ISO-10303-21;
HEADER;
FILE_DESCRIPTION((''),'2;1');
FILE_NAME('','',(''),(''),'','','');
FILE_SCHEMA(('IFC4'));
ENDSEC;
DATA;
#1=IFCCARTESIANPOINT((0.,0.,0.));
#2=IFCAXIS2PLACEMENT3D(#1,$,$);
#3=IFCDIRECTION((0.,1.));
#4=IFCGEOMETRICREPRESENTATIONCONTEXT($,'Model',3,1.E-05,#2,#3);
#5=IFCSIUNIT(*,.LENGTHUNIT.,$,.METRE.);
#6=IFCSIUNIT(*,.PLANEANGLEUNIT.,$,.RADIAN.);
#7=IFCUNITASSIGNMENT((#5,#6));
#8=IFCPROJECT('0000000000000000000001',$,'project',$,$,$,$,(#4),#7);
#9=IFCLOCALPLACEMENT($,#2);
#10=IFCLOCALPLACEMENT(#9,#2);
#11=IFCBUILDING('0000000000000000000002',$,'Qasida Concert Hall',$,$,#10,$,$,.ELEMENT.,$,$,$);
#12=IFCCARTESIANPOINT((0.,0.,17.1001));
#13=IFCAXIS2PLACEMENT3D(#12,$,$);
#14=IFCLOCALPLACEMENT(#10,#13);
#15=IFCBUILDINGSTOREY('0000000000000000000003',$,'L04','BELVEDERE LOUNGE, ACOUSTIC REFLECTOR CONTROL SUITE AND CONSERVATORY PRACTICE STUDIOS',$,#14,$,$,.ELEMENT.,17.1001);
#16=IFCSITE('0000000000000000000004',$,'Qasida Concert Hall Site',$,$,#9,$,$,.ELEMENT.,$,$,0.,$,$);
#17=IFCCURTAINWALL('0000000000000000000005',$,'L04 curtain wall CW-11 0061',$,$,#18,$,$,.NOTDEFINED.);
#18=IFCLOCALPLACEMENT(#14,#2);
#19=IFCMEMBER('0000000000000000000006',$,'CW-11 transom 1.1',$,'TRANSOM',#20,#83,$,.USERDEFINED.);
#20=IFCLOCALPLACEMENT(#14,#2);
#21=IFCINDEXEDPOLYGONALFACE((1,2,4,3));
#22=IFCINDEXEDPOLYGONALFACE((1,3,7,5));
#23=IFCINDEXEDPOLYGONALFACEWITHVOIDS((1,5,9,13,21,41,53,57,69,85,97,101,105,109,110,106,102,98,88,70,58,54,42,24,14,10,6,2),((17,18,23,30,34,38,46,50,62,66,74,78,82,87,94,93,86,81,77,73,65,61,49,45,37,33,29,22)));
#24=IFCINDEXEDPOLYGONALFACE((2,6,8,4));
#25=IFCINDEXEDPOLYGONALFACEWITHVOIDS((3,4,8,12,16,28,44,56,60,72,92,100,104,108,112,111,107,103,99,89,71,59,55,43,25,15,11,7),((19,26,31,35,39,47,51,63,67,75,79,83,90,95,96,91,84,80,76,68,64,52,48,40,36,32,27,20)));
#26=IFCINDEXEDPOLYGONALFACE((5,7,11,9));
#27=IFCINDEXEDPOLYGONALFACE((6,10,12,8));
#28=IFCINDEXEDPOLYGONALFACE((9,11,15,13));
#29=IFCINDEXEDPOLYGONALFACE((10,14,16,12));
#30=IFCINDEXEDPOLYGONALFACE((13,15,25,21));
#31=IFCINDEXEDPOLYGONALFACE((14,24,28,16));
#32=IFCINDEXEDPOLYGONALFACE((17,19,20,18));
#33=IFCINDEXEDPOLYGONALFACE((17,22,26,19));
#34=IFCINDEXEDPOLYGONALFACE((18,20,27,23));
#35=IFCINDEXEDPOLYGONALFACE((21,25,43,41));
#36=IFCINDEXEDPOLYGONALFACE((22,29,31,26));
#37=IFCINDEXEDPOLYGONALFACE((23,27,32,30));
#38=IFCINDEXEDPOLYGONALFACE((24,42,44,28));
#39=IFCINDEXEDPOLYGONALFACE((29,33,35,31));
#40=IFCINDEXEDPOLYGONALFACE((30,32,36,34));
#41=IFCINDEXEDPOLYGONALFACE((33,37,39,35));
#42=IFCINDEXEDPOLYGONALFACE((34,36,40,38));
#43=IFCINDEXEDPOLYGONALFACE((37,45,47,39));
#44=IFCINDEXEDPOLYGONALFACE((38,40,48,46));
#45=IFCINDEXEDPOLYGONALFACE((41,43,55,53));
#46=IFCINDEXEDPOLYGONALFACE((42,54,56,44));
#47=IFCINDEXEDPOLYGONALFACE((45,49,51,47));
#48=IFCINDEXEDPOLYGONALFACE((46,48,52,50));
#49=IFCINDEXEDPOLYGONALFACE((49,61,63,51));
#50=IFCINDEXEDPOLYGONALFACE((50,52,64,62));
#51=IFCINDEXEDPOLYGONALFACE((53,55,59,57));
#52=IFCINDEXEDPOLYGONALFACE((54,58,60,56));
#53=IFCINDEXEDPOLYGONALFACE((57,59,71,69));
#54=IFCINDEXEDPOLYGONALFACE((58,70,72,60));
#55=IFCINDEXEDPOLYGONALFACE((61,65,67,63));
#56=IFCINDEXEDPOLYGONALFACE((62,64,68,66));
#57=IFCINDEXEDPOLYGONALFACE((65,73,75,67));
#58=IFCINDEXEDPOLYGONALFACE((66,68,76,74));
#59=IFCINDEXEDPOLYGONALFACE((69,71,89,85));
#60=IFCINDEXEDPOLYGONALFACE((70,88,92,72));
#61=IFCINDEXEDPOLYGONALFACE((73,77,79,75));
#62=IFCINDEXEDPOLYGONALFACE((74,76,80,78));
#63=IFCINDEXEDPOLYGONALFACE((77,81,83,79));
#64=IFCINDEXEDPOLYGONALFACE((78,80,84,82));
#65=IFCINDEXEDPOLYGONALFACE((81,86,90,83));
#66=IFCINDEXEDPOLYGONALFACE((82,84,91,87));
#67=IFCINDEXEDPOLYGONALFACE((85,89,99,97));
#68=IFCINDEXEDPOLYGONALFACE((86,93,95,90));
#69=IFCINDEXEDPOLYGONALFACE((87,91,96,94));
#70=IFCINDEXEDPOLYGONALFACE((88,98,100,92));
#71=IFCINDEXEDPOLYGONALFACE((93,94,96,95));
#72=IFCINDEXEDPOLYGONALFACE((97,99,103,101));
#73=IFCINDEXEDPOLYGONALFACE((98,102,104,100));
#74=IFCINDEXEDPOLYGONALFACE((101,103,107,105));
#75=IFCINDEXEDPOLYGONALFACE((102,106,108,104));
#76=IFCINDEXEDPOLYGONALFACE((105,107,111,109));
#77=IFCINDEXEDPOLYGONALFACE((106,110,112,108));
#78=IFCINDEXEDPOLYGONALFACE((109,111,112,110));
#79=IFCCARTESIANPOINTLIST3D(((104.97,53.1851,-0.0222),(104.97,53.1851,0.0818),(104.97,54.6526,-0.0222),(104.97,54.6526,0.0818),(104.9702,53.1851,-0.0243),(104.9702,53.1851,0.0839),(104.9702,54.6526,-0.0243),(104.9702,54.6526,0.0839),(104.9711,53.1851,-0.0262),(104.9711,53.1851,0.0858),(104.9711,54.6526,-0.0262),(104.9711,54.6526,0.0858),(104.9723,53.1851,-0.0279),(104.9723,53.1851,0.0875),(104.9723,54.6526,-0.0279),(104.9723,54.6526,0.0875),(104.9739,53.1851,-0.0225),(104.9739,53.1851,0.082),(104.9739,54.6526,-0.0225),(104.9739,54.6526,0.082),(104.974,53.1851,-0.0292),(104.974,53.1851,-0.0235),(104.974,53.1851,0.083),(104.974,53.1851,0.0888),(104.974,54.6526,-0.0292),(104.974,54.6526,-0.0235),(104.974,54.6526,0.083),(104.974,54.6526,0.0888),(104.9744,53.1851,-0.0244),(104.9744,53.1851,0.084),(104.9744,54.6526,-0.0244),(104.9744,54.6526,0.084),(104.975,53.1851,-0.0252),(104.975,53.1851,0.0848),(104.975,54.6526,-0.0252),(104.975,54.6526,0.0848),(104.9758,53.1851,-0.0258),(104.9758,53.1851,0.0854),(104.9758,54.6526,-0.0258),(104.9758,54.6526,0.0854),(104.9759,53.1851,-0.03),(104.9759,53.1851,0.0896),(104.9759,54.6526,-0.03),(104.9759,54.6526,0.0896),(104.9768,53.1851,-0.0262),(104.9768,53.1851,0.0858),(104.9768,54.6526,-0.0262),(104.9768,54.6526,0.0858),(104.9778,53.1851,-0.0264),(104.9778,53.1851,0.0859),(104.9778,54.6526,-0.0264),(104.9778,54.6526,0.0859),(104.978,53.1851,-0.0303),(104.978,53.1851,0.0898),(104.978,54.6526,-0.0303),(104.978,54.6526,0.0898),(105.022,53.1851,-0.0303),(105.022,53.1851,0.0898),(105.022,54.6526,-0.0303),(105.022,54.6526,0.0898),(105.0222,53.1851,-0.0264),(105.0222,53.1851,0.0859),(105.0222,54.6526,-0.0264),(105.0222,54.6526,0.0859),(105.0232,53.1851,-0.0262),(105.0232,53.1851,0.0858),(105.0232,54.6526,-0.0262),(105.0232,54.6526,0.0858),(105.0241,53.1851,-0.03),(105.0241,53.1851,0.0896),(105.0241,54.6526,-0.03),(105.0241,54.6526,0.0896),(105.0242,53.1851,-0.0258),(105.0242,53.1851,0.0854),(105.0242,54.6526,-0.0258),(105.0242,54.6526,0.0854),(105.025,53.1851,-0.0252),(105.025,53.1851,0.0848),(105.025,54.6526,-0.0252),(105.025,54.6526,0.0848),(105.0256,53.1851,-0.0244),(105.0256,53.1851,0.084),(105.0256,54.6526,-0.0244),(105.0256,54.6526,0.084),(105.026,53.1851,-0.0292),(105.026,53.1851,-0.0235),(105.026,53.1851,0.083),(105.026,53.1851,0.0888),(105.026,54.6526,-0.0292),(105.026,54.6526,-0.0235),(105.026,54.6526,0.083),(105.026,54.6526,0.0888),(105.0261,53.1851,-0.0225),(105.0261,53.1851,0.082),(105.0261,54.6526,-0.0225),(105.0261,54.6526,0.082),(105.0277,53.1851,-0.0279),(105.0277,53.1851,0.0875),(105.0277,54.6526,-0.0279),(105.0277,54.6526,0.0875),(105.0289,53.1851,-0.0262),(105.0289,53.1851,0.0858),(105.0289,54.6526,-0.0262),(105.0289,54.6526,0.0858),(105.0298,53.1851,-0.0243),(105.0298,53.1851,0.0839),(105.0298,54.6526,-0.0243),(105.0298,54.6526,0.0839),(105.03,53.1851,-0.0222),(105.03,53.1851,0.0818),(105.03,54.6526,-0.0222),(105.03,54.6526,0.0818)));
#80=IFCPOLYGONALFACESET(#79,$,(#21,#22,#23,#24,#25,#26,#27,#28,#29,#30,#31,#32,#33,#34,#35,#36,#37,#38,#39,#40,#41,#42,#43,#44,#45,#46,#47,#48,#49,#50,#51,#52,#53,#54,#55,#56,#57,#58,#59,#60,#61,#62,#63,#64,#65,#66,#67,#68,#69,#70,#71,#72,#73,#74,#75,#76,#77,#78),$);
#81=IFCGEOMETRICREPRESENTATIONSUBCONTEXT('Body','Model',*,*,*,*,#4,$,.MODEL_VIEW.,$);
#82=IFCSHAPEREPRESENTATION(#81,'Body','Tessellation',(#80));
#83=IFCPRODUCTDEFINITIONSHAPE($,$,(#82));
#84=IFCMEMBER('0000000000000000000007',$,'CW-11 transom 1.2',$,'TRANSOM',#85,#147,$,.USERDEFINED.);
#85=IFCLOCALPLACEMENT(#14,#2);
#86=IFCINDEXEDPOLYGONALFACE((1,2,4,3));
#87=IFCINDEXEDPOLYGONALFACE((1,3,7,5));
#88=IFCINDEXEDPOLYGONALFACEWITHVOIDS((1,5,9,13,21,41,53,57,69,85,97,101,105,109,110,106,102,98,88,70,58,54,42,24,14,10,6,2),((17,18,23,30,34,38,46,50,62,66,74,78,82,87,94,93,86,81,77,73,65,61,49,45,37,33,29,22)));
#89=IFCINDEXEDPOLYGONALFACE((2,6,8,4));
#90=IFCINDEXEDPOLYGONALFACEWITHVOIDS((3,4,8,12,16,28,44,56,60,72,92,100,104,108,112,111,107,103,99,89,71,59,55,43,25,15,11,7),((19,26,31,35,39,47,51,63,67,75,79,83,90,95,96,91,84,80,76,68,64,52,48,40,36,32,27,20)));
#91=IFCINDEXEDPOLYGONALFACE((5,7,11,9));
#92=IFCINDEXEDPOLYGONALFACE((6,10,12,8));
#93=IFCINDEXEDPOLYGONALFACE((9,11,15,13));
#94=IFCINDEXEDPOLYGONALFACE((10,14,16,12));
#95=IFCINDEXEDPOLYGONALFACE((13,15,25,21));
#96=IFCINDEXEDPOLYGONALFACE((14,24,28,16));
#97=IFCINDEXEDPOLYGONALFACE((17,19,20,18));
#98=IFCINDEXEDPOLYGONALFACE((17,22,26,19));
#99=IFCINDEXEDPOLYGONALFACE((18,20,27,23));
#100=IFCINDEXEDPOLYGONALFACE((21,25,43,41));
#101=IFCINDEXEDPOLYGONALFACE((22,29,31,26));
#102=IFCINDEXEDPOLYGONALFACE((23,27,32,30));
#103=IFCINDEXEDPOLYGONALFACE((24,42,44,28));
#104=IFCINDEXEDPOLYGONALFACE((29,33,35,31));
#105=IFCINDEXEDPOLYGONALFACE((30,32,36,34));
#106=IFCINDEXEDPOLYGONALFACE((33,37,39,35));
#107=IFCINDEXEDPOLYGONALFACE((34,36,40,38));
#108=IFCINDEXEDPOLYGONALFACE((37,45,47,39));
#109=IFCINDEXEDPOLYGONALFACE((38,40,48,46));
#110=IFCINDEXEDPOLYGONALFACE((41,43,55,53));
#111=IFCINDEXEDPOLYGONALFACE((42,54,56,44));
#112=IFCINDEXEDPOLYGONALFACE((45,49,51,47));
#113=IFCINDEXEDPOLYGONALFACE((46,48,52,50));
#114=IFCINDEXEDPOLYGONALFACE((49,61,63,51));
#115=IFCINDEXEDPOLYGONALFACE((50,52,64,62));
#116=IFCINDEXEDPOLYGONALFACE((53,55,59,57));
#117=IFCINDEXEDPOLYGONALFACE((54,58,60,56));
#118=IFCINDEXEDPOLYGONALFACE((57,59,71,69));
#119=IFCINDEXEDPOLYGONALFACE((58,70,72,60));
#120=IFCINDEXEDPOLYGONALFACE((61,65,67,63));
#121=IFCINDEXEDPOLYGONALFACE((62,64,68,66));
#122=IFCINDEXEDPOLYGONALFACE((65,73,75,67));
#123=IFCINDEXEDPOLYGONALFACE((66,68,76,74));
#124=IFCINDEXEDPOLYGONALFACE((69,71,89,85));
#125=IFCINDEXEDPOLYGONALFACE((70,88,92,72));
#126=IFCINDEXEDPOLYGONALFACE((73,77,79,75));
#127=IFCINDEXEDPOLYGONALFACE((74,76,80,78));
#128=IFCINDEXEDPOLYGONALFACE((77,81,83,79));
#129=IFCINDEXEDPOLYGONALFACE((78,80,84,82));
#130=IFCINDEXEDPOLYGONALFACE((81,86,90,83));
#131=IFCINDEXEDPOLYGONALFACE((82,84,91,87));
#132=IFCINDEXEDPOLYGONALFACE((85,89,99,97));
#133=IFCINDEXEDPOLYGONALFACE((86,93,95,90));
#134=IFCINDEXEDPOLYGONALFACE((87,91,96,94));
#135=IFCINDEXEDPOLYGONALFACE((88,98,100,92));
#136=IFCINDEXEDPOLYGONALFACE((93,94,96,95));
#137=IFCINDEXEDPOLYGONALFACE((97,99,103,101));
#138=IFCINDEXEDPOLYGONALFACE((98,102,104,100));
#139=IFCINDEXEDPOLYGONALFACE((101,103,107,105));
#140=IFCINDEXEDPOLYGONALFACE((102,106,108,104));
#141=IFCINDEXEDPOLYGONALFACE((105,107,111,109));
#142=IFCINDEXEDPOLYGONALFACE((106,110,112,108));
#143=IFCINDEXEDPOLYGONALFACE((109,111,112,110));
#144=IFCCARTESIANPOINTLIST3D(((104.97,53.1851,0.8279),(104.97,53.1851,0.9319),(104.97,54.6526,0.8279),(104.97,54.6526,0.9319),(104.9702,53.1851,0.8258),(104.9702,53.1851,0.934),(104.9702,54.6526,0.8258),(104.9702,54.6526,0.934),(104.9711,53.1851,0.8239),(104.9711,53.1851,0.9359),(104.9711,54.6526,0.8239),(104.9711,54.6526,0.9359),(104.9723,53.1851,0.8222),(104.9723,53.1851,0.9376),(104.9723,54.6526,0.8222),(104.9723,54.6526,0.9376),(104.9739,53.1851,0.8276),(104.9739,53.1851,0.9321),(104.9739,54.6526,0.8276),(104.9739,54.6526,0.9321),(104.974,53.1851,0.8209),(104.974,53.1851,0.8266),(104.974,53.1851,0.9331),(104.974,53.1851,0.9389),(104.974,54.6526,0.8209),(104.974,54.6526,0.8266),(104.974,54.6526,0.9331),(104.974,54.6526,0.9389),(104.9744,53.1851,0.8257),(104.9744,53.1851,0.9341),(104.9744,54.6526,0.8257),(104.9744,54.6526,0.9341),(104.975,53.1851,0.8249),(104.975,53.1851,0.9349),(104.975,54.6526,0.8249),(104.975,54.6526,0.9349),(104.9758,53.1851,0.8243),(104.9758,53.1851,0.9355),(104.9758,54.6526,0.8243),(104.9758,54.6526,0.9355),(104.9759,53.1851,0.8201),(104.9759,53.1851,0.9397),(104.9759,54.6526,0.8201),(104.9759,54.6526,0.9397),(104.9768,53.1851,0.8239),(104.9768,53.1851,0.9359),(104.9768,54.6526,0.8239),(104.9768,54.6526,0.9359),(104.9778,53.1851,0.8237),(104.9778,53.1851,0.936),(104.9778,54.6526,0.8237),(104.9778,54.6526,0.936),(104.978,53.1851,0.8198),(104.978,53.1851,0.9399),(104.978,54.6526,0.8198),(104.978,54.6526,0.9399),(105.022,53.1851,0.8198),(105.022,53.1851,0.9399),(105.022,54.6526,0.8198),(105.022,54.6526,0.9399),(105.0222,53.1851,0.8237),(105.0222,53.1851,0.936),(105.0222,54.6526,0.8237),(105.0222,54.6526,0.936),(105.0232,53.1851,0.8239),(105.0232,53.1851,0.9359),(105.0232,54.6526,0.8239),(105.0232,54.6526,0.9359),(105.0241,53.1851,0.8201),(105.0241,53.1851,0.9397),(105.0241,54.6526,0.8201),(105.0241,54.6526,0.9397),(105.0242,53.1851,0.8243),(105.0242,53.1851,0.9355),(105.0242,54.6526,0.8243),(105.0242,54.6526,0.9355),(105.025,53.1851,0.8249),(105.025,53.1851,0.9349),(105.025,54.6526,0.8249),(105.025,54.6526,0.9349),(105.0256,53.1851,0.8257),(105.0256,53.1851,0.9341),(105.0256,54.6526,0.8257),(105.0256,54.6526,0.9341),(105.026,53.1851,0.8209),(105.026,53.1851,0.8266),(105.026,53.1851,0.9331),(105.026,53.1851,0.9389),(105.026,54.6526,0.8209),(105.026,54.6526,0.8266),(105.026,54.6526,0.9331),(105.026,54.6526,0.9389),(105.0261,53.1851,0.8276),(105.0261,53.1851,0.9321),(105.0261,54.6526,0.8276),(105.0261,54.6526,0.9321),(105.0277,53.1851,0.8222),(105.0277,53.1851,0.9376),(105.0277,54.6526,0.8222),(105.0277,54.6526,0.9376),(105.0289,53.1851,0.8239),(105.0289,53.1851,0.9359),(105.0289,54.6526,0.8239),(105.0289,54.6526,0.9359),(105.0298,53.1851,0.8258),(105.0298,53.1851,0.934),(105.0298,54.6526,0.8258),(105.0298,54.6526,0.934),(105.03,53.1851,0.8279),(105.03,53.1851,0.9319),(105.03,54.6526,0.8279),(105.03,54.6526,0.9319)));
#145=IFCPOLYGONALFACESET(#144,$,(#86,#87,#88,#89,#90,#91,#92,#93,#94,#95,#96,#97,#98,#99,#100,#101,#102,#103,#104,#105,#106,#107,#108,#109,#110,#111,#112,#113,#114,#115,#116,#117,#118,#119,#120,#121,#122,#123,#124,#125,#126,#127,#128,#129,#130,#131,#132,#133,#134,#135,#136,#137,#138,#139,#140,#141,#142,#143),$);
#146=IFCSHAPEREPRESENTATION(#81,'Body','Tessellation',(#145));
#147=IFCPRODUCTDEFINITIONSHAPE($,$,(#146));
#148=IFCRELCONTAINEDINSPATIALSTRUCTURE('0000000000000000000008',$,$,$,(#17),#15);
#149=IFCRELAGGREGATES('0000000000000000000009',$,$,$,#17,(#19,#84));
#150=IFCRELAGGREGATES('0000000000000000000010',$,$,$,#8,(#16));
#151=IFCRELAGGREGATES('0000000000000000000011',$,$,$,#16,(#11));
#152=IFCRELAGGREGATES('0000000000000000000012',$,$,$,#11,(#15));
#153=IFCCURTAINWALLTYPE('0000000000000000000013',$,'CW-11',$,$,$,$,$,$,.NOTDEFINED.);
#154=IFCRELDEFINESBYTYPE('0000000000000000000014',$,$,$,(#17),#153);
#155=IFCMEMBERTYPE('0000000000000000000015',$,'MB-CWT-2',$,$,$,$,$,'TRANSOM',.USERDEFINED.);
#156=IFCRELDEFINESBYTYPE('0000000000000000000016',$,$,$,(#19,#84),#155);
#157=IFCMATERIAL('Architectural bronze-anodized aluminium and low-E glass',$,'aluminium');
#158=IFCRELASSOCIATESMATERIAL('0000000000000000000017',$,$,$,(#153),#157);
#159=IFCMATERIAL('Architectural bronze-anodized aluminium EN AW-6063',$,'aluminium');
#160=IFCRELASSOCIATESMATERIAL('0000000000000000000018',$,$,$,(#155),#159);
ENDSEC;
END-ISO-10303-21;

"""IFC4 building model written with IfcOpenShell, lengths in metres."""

from ifc_helpers import new_model, si_unit, direction, frame, origin, origin_2d, place, context, subcontext, project, spatial, hollow_rectangle, extrude, material, material_profile, profile_set, type_object, element, aggregate, save


model = new_model("IFC4")

# Units and contexts
model_context = context("Model", 3, precision=1e-05, world=origin(), true_north=direction((0.0, 1.0)))
body_context = subcontext(model_context, "Body", "Model", "MODEL_VIEW")
ifc_project = project(units=[si_unit("LENGTHUNIT", "METRE"), si_unit("PLANEANGLEUNIT", "RADIAN")], contexts=[model_context])

# Site, building, storey
site_placement = place(None, origin())
site = spatial("IfcSite", under=ifc_project, at=site_placement, Name="Qasida Concert Hall Site", CompositionType="ELEMENT", RefElevation=0.0)
building_placement = place(site_placement, origin())
building = spatial("IfcBuilding", under=site, at=building_placement, Name="Qasida Concert Hall", CompositionType="ELEMENT")
storey_placement = place(building_placement, frame((0.0, 0.0, 17.1001)))
storey = spatial("IfcBuildingStorey", under=building, at=storey_placement, Name="L04", Description="BELVEDERE LOUNGE, ACOUSTIC REFLECTOR CONTROL SUITE AND CONSERVATORY PRACTICE STUDIOS", CompositionType="ELEMENT", Elevation=17.1001)

# Curtain wall, members
ifc_material_1 = material(Name="Architectural bronze-anodized aluminium and low-E glass", Category="aluminium")
curtain_wall_type = type_object("IfcCurtainWallType", Name="CW-11", PredefinedType="NOTDEFINED", material=ifc_material_1)
curtain_wall_placement = place(storey_placement, origin())
curtain_wall = element("IfcCurtainWall", 1, at=curtain_wall_placement, inside=storey, type_object=curtain_wall_type, Name="L04 curtain wall CW-11 0061", PredefinedType="NOTDEFINED")
ifc_material_2 = material(Name="Architectural bronze-anodized aluminium EN AW-6063", Category="aluminium")
ifc_material_profile_1 = material_profile(ifc_material_2, hollow_rectangle(XDim=0.0601, YDim=0.1201, WallThickness=0.0039, InnerFilletRadius=0.0039, OuterFilletRadius=0.0081, at=origin_2d()), Name="CWT 120x60x4")
ifc_profile_set_1 = profile_set([ifc_material_profile_1], Name="Architectural bronze-anodized aluminium EN AW-6063")
member_type_1 = type_object("IfcMemberType", Name="MB-CWT-2", ElementType="TRANSOM", PredefinedType="USERDEFINED", material=ifc_profile_set_1)
member_1_placement = place(storey_placement, frame((105.0, 53.1851, 0.0298), z_axis=(0.0, 1.0, 0.0), x_axis=(-1.0, 0.0, 0.0)))
member_1 = element("IfcMember", 2, at=member_1_placement, type_object=member_type_1, Name="CW-11 transom 1.1", ObjectType="TRANSOM", PredefinedType="USERDEFINED", context=body_context, shape_type="SweptSolid", body=[
    extrude(hollow_rectangle(XDim=0.0601, YDim=0.1201, WallThickness=0.0039, InnerFilletRadius=0.0039, OuterFilletRadius=0.0081, at=origin_2d()), origin(), (0.0, 0.0, 1.0), 1.4675),
])
member_2_placement = place(storey_placement, frame((105.0, 53.1851, 0.8799), z_axis=(0.0, 1.0, 0.0), x_axis=(-1.0, 0.0, 0.0)))
member_2 = element("IfcMember", 3, at=member_2_placement, type_object=member_type_1, Name="CW-11 transom 1.2", ObjectType="TRANSOM", PredefinedType="USERDEFINED", context=body_context, shape_type="SweptSolid", body=[
    extrude(hollow_rectangle(XDim=0.0601, YDim=0.1201, WallThickness=0.0039, InnerFilletRadius=0.0039, OuterFilletRadius=0.0081, at=origin_2d()), origin(), (0.0, 0.0, 1.0), 1.4675),
])
aggregate(curtain_wall, [member_1, member_2])

save(model, "model.ifc")
